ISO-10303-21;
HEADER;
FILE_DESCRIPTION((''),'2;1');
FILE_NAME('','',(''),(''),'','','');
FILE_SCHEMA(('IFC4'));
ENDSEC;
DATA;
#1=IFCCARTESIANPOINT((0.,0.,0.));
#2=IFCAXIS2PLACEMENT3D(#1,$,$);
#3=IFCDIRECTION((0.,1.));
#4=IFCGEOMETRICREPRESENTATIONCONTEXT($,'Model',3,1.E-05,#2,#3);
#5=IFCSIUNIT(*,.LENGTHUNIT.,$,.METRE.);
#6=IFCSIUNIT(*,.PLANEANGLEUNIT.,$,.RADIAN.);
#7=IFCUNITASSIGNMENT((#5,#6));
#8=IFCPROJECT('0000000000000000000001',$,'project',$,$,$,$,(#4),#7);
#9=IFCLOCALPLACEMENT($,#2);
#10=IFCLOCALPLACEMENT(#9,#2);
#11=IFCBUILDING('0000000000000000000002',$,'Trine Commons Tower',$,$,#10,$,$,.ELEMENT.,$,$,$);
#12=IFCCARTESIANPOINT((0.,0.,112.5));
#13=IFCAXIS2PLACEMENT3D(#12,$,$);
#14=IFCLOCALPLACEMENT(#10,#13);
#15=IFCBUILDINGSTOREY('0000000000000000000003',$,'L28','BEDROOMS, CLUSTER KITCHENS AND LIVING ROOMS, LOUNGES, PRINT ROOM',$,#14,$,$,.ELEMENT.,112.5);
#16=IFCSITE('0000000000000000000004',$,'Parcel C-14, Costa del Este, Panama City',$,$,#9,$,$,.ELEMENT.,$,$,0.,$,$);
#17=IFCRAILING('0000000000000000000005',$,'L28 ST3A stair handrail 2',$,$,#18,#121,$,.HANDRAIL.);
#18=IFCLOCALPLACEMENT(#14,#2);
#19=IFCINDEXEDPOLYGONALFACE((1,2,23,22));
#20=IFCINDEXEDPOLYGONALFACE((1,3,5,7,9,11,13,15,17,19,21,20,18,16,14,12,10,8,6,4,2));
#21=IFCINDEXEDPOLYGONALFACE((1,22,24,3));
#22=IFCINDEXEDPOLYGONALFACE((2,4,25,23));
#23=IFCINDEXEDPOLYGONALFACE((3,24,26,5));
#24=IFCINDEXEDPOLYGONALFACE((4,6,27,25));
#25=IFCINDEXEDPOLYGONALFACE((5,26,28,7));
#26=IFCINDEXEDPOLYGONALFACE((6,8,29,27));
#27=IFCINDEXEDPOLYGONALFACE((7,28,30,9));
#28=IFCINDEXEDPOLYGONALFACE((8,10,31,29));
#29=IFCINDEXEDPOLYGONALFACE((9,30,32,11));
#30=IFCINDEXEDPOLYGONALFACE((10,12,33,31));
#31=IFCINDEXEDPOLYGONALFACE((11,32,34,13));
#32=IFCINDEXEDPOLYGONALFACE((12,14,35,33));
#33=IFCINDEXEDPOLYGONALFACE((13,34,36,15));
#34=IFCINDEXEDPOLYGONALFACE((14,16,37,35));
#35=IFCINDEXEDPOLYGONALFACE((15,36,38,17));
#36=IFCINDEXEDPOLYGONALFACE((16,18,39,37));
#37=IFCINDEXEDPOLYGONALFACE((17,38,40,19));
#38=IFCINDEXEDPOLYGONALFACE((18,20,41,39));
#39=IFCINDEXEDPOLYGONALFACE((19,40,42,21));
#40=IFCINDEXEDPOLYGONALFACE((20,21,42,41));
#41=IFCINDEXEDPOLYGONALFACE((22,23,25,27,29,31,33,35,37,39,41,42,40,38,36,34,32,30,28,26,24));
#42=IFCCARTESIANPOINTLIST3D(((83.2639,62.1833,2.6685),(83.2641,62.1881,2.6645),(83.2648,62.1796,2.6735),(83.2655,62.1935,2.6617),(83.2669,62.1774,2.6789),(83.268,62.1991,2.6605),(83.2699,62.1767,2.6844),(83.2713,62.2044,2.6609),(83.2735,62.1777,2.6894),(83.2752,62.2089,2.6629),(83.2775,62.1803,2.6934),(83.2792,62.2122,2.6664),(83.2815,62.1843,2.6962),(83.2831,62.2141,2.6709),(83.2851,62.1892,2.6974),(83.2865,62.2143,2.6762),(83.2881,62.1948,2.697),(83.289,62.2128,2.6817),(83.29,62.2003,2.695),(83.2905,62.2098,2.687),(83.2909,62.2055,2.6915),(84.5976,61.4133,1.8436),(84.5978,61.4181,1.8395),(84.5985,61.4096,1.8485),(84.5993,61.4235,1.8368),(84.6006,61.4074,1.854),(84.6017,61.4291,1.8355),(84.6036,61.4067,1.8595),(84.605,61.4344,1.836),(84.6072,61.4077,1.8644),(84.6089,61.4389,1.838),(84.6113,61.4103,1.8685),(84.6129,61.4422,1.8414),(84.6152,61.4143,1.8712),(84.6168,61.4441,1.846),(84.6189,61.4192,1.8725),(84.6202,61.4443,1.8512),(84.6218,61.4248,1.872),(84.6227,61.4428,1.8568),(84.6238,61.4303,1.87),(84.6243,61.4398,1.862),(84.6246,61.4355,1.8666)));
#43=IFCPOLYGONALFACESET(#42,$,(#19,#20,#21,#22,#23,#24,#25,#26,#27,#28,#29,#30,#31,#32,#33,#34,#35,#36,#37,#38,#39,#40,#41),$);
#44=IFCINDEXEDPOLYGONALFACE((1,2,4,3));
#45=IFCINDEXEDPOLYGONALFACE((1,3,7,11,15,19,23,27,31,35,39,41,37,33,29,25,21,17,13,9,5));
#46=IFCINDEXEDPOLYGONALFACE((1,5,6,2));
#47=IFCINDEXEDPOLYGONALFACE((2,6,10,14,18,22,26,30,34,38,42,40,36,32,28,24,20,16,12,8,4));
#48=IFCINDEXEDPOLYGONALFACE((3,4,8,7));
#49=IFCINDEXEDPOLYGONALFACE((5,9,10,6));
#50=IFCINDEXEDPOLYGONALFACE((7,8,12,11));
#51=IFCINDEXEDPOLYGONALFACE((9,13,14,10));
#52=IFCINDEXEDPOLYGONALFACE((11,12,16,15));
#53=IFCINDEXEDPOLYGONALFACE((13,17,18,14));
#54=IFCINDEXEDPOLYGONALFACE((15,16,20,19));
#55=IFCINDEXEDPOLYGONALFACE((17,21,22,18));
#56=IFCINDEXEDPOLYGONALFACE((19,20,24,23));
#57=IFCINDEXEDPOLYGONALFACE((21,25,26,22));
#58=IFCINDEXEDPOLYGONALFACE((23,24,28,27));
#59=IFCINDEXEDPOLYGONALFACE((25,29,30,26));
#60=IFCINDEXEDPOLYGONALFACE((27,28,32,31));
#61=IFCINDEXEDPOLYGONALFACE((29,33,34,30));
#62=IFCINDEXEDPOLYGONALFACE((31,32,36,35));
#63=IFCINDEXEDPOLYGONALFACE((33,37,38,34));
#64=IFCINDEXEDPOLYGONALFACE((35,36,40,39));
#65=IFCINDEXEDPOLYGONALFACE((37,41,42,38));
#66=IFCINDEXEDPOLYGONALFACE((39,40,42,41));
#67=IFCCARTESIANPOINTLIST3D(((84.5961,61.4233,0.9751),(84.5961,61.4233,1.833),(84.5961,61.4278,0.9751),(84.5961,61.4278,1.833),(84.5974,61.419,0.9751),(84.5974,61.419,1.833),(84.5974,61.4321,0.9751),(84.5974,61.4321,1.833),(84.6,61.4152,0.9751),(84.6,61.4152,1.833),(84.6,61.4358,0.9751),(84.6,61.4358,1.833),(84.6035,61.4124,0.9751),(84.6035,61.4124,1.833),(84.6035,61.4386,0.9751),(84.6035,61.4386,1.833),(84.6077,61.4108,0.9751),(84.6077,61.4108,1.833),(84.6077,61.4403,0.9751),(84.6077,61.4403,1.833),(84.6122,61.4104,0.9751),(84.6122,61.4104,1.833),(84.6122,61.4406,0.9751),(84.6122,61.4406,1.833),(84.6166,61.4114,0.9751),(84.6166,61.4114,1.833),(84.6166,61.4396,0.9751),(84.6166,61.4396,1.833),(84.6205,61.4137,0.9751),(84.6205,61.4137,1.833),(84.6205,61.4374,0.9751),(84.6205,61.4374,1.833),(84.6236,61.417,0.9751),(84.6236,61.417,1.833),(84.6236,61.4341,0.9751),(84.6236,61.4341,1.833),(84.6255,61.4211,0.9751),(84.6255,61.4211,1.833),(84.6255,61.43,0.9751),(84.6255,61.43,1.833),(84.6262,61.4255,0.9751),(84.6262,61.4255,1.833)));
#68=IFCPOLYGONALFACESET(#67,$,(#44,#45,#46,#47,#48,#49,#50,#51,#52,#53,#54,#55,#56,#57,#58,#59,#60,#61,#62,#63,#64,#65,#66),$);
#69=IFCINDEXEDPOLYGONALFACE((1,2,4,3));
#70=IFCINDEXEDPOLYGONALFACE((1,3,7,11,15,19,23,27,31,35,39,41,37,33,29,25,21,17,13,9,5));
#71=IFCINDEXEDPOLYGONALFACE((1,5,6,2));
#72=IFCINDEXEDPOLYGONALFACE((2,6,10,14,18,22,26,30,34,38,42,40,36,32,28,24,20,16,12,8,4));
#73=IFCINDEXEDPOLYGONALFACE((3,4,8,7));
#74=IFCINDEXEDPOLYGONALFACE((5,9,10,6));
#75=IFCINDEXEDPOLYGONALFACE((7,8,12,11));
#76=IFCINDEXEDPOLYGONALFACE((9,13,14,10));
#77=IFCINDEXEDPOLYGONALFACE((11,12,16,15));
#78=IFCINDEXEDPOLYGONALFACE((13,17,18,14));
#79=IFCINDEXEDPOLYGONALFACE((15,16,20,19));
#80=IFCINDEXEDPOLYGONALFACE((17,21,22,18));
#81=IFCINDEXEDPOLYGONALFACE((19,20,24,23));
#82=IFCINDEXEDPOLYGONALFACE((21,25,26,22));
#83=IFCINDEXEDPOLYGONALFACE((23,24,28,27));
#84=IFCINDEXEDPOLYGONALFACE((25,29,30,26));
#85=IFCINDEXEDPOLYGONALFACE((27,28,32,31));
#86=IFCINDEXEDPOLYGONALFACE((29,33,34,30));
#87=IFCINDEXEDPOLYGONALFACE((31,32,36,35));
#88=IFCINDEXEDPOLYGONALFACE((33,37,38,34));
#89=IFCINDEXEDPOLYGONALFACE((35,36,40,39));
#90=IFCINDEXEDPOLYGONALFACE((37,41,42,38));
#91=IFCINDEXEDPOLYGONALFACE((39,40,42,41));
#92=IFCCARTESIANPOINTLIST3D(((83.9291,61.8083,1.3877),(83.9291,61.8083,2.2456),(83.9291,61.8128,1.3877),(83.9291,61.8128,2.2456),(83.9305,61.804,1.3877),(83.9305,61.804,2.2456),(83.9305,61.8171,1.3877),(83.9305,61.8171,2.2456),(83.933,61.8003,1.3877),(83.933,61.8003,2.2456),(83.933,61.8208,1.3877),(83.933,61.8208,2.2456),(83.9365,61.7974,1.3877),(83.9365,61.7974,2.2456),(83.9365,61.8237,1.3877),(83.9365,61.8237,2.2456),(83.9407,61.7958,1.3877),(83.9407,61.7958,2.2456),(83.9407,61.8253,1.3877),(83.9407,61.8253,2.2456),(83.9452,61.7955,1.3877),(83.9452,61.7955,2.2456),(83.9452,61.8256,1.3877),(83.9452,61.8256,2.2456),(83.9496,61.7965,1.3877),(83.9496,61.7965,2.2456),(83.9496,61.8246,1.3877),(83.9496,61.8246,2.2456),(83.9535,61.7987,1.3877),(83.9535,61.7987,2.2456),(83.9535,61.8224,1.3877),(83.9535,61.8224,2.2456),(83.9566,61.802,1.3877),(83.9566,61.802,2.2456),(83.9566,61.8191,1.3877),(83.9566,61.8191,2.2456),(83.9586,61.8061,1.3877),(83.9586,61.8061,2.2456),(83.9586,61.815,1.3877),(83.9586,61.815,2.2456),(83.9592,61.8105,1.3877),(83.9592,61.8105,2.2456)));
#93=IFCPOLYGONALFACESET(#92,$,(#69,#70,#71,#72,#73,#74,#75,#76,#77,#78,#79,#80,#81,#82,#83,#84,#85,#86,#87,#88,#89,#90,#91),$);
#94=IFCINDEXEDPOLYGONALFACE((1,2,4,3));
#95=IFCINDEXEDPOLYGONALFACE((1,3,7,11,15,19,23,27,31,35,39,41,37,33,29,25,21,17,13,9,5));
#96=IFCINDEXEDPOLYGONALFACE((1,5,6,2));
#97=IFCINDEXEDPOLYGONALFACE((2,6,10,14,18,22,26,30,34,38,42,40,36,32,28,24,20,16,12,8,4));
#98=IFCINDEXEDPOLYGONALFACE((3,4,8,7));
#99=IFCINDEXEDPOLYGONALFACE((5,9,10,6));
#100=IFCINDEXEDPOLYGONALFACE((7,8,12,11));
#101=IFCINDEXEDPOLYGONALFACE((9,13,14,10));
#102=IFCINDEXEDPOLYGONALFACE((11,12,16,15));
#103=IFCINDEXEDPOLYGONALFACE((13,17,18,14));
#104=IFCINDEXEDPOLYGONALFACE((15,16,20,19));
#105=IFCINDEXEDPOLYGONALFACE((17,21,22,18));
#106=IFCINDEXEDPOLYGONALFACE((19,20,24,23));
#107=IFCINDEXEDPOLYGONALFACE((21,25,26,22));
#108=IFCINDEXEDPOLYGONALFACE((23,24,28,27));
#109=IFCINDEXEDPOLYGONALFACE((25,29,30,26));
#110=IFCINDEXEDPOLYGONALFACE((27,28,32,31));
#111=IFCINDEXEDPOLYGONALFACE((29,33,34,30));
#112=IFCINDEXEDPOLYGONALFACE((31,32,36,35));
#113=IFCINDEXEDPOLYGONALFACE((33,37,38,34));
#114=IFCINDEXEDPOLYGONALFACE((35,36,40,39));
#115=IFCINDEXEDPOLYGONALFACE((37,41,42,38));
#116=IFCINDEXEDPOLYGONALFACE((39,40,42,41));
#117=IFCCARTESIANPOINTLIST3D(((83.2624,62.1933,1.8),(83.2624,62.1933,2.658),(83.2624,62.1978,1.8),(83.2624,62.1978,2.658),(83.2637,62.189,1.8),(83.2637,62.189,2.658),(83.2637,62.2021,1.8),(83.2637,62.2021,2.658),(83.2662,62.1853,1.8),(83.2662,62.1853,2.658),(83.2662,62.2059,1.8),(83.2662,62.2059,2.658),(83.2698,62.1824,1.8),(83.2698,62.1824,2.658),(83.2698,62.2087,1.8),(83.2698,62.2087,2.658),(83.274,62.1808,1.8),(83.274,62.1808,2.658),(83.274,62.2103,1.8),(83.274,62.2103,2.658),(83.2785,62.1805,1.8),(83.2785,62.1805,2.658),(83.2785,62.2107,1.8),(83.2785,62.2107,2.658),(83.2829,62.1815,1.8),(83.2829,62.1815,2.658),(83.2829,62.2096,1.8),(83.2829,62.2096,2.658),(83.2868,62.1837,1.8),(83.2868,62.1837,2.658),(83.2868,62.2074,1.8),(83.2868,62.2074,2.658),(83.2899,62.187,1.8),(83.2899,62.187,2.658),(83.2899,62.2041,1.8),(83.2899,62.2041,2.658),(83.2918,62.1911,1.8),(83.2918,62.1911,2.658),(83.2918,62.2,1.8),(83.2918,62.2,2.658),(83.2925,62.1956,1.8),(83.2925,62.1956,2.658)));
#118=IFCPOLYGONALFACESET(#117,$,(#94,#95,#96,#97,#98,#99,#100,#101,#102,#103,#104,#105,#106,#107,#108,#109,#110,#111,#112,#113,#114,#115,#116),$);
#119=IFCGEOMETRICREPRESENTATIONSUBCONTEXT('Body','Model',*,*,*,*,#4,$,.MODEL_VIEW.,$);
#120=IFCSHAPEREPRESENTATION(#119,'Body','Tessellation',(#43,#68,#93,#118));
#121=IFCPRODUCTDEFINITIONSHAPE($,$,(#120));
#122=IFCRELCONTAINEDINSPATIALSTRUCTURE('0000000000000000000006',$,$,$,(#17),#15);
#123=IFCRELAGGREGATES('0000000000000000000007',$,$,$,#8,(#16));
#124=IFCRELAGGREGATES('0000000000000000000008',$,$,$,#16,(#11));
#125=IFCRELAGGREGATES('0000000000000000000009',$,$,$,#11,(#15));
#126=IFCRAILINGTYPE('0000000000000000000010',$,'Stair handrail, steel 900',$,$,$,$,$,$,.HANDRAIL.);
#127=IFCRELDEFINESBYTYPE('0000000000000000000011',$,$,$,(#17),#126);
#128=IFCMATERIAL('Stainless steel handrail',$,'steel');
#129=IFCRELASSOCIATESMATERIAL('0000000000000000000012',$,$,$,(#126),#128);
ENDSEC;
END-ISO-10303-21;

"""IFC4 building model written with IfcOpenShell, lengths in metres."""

from ifc_helpers import new_model, si_unit, direction, frame, origin, origin_2d, place, context, subcontext, project, spatial, circle, extrude, material, type_object, element, save


model = new_model("IFC4")

# Units and contexts
model_context = context("Model", 3, precision=1e-05, world=origin(), true_north=direction((0.0, 1.0)))
body_context = subcontext(model_context, "Body", "Model", "MODEL_VIEW")
ifc_project = project(units=[si_unit("LENGTHUNIT", "METRE"), si_unit("PLANEANGLEUNIT", "RADIAN")], contexts=[model_context])

# Site, building, storey
site_placement = place(None, origin())
site = spatial("IfcSite", under=ifc_project, at=site_placement, Name="Parcel C-14, Costa del Este, Panama City", CompositionType="ELEMENT", RefElevation=0.0)
building_placement = place(site_placement, origin())
building = spatial("IfcBuilding", under=site, at=building_placement, Name="Trine Commons Tower", CompositionType="ELEMENT")
storey_placement = place(building_placement, frame((0.0, 0.0, 112.5)))
storey = spatial("IfcBuildingStorey", under=building, at=storey_placement, Name="L28", Description="BEDROOMS, CLUSTER KITCHENS AND LIVING ROOMS, LOUNGES, PRINT ROOM", CompositionType="ELEMENT", Elevation=112.5)

# Railing
ifc_material_1 = material(Name="Stainless steel handrail", Category="steel")
railing_type_1 = type_object("IfcRailingType", Name="Stair handrail, steel 900", PredefinedType="HANDRAIL", material=ifc_material_1)
railing_1_placement = place(storey_placement, frame((84.6111, 61.4255, 0.9751)))
element("IfcRailing", 1, at=railing_1_placement, inside=storey, type_object=railing_type_1, Name="L28 ST3A stair handrail 2", PredefinedType="HANDRAIL", context=body_context, shape_type="SweptSolid", body=[
    extrude(circle(Radius=0.021, at=origin_2d()), frame((0.0, 0.0, 0.8789), z_axis=(-0.763405, 0.440743, 0.472185), x_axis=(-0.499992, -0.86603, 0.0)), (0.0, 0.0, 1.0), 1.7471),
    extrude(circle(Radius=0.0151, at=origin_2d()), origin(), (0.0, 0.0, 1.0), 0.8579),
    extrude(circle(Radius=0.0151, at=origin_2d()), frame((-0.667, 0.385, 0.4126)), (0.0, 0.0, 1.0), 0.8579),
    extrude(circle(Radius=0.0151, at=origin_2d()), frame((-1.3337, 0.77, 0.825)), (0.0, 0.0, 1.0), 0.8579),
])

save(model, "model.ifc")
